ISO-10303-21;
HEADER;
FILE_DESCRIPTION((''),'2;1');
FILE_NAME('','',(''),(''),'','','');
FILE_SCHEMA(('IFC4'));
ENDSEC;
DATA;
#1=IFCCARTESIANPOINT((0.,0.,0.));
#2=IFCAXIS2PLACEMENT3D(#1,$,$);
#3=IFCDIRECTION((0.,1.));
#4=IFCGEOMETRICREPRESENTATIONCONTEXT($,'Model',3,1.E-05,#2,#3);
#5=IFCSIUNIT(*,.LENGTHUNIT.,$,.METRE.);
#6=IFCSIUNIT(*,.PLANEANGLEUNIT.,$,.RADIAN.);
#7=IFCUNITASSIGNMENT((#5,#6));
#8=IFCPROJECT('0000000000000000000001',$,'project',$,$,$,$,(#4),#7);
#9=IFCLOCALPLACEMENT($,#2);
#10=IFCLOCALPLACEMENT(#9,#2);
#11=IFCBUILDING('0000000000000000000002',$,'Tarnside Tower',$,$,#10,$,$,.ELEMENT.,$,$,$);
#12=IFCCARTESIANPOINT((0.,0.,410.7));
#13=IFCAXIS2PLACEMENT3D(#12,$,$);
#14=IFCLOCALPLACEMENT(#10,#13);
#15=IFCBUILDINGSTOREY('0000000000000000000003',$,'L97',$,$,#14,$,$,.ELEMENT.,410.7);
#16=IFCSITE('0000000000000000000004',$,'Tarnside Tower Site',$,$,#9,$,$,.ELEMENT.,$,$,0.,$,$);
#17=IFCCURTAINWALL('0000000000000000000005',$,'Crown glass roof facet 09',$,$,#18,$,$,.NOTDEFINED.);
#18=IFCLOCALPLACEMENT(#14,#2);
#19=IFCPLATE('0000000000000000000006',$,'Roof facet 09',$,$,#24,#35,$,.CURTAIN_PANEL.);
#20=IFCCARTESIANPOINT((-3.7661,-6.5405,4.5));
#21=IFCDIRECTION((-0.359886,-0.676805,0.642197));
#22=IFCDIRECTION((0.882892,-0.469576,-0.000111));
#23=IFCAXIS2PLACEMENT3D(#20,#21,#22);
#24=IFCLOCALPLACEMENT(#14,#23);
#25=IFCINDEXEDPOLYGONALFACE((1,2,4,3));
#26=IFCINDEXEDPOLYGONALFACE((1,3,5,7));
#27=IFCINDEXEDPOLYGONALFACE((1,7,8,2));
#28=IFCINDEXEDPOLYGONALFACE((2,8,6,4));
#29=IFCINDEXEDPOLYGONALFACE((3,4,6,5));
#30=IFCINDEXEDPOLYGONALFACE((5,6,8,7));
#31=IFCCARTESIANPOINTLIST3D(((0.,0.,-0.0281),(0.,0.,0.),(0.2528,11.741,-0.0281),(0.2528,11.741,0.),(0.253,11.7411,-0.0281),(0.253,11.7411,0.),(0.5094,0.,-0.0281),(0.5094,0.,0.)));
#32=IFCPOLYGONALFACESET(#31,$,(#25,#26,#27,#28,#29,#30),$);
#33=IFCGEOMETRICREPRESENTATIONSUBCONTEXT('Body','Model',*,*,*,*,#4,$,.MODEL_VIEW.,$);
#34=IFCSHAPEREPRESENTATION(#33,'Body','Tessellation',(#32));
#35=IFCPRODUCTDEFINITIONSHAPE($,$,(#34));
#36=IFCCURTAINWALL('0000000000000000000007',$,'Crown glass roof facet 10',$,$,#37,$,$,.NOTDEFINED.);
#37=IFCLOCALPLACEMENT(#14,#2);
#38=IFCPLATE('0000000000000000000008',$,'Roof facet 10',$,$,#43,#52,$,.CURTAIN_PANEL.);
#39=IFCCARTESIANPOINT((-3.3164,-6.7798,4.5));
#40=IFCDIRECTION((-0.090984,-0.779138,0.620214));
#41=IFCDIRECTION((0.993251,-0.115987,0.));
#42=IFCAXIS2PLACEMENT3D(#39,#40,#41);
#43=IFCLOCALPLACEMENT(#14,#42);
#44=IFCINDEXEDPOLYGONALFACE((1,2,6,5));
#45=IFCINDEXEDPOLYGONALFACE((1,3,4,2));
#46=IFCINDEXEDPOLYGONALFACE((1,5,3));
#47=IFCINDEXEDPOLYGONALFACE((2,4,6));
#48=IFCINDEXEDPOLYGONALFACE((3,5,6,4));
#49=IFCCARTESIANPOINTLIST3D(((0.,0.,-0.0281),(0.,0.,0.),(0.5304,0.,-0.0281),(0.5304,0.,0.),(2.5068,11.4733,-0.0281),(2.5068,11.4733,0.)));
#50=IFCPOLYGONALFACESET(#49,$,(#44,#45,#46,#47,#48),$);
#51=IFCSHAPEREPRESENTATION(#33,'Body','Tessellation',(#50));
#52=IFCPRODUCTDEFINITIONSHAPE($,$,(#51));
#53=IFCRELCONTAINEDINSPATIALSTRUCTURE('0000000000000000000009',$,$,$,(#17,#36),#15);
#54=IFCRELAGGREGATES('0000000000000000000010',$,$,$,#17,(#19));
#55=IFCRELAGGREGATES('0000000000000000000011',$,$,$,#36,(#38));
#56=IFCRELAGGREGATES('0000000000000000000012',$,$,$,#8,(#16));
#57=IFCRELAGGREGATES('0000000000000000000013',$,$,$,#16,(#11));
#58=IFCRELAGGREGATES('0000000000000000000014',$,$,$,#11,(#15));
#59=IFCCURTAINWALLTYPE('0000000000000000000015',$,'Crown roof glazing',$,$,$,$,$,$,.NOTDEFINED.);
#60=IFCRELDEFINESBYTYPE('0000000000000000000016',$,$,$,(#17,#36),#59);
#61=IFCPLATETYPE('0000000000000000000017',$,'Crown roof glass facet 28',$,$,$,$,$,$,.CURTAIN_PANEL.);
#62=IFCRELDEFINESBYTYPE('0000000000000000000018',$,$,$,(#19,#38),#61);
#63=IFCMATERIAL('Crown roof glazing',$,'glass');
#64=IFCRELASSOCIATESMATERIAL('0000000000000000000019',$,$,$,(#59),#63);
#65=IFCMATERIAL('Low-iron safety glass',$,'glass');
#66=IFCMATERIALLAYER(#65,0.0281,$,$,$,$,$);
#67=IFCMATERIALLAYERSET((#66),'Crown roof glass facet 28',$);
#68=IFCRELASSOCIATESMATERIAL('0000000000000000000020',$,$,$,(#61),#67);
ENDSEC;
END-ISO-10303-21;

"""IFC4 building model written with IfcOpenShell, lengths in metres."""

from ifc_helpers import new_model, si_unit, direction, frame, origin, place, context, subcontext, project, spatial, polyline, outline, extrude, material, layer, layer_set, type_object, element, aggregate, save


model = new_model("IFC4")

# Units and contexts
model_context = context("Model", 3, precision=1e-05, world=origin(), true_north=direction((0.0, 1.0)))
body_context = subcontext(model_context, "Body", "Model", "MODEL_VIEW")
ifc_project = project(units=[si_unit("LENGTHUNIT", "METRE"), si_unit("PLANEANGLEUNIT", "RADIAN")], contexts=[model_context])

# Site, building, storey
site_placement = place(None, origin())
site = spatial("IfcSite", under=ifc_project, at=site_placement, Name="Tarnside Tower Site", CompositionType="ELEMENT", RefElevation=0.0)
building_placement = place(site_placement, origin())
building = spatial("IfcBuilding", under=site, at=building_placement, Name="Tarnside Tower", CompositionType="ELEMENT")
storey_placement = place(building_placement, frame((0.0, 0.0, 410.7)))
storey = spatial("IfcBuildingStorey", under=building, at=storey_placement, Name="L97", CompositionType="ELEMENT", Elevation=410.7)

# Shared definitions
ifc_material_1 = material(Name="Low-iron safety glass", Category="glass")

# Curtain walls, plates
ifc_material_2 = material(Name="Crown roof glazing", Category="glass")
curtain_wall_type_1 = type_object("IfcCurtainWallType", Name="Crown roof glazing", PredefinedType="NOTDEFINED", material=ifc_material_2)
ifc_layer_1 = layer(ifc_material_1, 0.0281)
ifc_layer_set_1 = layer_set([ifc_layer_1], Name="Crown roof glass facet 28")
plate_type_1 = type_object("IfcPlateType", Name="Crown roof glass facet 28", PredefinedType="CURTAIN_PANEL", material=ifc_layer_set_1)
curtain_wall_1_placement = place(storey_placement, origin())
curtain_wall_1 = element("IfcCurtainWall", 1, at=curtain_wall_1_placement, inside=storey, type_object=curtain_wall_type_1, Name="Crown glass roof facet 09", PredefinedType="NOTDEFINED")
plate_1_placement = place(storey_placement, frame((-3.7661, -6.5405, 4.5), z_axis=(-0.359886, -0.676805, 0.642197), x_axis=(0.882892, -0.469576, -0.000111)))
plate_1 = element("IfcPlate", 2, at=plate_1_placement, type_object=plate_type_1, Name="Roof facet 09", PredefinedType="CURTAIN_PANEL", context=body_context, shape_type="SweptSolid", body=[
    extrude(outline(polyline([(0.0, 0.0), (0.5094, 0.0), (0.253, 11.7411), (0.2528, 11.741), (0.0, 0.0)])), origin(), (0.0, 0.0, -1.0), 0.0281),
])
aggregate(curtain_wall_1, [plate_1])
curtain_wall_2_placement = place(storey_placement, origin())
curtain_wall_2 = element("IfcCurtainWall", 3, at=curtain_wall_2_placement, inside=storey, type_object=curtain_wall_type_1, Name="Crown glass roof facet 10", PredefinedType="NOTDEFINED")
plate_2_placement = place(storey_placement, frame((-3.3164, -6.7798, 4.5), z_axis=(-0.090984, -0.779138, 0.620214), x_axis=(0.993251, -0.115987, 0.0)))
plate_2 = element("IfcPlate", 4, at=plate_2_placement, type_object=plate_type_1, Name="Roof facet 10", PredefinedType="CURTAIN_PANEL", context=body_context, shape_type="SweptSolid", body=[
    extrude(outline(polyline([(0.0, 0.0), (0.5304, 0.0), (2.5068, 11.4733), (2.5068, 11.4733), (0.0, 0.0)])), origin(), (0.0, 0.0, -1.0), 0.0281),
])
aggregate(curtain_wall_2, [plate_2])

save(model, "model.ifc")
